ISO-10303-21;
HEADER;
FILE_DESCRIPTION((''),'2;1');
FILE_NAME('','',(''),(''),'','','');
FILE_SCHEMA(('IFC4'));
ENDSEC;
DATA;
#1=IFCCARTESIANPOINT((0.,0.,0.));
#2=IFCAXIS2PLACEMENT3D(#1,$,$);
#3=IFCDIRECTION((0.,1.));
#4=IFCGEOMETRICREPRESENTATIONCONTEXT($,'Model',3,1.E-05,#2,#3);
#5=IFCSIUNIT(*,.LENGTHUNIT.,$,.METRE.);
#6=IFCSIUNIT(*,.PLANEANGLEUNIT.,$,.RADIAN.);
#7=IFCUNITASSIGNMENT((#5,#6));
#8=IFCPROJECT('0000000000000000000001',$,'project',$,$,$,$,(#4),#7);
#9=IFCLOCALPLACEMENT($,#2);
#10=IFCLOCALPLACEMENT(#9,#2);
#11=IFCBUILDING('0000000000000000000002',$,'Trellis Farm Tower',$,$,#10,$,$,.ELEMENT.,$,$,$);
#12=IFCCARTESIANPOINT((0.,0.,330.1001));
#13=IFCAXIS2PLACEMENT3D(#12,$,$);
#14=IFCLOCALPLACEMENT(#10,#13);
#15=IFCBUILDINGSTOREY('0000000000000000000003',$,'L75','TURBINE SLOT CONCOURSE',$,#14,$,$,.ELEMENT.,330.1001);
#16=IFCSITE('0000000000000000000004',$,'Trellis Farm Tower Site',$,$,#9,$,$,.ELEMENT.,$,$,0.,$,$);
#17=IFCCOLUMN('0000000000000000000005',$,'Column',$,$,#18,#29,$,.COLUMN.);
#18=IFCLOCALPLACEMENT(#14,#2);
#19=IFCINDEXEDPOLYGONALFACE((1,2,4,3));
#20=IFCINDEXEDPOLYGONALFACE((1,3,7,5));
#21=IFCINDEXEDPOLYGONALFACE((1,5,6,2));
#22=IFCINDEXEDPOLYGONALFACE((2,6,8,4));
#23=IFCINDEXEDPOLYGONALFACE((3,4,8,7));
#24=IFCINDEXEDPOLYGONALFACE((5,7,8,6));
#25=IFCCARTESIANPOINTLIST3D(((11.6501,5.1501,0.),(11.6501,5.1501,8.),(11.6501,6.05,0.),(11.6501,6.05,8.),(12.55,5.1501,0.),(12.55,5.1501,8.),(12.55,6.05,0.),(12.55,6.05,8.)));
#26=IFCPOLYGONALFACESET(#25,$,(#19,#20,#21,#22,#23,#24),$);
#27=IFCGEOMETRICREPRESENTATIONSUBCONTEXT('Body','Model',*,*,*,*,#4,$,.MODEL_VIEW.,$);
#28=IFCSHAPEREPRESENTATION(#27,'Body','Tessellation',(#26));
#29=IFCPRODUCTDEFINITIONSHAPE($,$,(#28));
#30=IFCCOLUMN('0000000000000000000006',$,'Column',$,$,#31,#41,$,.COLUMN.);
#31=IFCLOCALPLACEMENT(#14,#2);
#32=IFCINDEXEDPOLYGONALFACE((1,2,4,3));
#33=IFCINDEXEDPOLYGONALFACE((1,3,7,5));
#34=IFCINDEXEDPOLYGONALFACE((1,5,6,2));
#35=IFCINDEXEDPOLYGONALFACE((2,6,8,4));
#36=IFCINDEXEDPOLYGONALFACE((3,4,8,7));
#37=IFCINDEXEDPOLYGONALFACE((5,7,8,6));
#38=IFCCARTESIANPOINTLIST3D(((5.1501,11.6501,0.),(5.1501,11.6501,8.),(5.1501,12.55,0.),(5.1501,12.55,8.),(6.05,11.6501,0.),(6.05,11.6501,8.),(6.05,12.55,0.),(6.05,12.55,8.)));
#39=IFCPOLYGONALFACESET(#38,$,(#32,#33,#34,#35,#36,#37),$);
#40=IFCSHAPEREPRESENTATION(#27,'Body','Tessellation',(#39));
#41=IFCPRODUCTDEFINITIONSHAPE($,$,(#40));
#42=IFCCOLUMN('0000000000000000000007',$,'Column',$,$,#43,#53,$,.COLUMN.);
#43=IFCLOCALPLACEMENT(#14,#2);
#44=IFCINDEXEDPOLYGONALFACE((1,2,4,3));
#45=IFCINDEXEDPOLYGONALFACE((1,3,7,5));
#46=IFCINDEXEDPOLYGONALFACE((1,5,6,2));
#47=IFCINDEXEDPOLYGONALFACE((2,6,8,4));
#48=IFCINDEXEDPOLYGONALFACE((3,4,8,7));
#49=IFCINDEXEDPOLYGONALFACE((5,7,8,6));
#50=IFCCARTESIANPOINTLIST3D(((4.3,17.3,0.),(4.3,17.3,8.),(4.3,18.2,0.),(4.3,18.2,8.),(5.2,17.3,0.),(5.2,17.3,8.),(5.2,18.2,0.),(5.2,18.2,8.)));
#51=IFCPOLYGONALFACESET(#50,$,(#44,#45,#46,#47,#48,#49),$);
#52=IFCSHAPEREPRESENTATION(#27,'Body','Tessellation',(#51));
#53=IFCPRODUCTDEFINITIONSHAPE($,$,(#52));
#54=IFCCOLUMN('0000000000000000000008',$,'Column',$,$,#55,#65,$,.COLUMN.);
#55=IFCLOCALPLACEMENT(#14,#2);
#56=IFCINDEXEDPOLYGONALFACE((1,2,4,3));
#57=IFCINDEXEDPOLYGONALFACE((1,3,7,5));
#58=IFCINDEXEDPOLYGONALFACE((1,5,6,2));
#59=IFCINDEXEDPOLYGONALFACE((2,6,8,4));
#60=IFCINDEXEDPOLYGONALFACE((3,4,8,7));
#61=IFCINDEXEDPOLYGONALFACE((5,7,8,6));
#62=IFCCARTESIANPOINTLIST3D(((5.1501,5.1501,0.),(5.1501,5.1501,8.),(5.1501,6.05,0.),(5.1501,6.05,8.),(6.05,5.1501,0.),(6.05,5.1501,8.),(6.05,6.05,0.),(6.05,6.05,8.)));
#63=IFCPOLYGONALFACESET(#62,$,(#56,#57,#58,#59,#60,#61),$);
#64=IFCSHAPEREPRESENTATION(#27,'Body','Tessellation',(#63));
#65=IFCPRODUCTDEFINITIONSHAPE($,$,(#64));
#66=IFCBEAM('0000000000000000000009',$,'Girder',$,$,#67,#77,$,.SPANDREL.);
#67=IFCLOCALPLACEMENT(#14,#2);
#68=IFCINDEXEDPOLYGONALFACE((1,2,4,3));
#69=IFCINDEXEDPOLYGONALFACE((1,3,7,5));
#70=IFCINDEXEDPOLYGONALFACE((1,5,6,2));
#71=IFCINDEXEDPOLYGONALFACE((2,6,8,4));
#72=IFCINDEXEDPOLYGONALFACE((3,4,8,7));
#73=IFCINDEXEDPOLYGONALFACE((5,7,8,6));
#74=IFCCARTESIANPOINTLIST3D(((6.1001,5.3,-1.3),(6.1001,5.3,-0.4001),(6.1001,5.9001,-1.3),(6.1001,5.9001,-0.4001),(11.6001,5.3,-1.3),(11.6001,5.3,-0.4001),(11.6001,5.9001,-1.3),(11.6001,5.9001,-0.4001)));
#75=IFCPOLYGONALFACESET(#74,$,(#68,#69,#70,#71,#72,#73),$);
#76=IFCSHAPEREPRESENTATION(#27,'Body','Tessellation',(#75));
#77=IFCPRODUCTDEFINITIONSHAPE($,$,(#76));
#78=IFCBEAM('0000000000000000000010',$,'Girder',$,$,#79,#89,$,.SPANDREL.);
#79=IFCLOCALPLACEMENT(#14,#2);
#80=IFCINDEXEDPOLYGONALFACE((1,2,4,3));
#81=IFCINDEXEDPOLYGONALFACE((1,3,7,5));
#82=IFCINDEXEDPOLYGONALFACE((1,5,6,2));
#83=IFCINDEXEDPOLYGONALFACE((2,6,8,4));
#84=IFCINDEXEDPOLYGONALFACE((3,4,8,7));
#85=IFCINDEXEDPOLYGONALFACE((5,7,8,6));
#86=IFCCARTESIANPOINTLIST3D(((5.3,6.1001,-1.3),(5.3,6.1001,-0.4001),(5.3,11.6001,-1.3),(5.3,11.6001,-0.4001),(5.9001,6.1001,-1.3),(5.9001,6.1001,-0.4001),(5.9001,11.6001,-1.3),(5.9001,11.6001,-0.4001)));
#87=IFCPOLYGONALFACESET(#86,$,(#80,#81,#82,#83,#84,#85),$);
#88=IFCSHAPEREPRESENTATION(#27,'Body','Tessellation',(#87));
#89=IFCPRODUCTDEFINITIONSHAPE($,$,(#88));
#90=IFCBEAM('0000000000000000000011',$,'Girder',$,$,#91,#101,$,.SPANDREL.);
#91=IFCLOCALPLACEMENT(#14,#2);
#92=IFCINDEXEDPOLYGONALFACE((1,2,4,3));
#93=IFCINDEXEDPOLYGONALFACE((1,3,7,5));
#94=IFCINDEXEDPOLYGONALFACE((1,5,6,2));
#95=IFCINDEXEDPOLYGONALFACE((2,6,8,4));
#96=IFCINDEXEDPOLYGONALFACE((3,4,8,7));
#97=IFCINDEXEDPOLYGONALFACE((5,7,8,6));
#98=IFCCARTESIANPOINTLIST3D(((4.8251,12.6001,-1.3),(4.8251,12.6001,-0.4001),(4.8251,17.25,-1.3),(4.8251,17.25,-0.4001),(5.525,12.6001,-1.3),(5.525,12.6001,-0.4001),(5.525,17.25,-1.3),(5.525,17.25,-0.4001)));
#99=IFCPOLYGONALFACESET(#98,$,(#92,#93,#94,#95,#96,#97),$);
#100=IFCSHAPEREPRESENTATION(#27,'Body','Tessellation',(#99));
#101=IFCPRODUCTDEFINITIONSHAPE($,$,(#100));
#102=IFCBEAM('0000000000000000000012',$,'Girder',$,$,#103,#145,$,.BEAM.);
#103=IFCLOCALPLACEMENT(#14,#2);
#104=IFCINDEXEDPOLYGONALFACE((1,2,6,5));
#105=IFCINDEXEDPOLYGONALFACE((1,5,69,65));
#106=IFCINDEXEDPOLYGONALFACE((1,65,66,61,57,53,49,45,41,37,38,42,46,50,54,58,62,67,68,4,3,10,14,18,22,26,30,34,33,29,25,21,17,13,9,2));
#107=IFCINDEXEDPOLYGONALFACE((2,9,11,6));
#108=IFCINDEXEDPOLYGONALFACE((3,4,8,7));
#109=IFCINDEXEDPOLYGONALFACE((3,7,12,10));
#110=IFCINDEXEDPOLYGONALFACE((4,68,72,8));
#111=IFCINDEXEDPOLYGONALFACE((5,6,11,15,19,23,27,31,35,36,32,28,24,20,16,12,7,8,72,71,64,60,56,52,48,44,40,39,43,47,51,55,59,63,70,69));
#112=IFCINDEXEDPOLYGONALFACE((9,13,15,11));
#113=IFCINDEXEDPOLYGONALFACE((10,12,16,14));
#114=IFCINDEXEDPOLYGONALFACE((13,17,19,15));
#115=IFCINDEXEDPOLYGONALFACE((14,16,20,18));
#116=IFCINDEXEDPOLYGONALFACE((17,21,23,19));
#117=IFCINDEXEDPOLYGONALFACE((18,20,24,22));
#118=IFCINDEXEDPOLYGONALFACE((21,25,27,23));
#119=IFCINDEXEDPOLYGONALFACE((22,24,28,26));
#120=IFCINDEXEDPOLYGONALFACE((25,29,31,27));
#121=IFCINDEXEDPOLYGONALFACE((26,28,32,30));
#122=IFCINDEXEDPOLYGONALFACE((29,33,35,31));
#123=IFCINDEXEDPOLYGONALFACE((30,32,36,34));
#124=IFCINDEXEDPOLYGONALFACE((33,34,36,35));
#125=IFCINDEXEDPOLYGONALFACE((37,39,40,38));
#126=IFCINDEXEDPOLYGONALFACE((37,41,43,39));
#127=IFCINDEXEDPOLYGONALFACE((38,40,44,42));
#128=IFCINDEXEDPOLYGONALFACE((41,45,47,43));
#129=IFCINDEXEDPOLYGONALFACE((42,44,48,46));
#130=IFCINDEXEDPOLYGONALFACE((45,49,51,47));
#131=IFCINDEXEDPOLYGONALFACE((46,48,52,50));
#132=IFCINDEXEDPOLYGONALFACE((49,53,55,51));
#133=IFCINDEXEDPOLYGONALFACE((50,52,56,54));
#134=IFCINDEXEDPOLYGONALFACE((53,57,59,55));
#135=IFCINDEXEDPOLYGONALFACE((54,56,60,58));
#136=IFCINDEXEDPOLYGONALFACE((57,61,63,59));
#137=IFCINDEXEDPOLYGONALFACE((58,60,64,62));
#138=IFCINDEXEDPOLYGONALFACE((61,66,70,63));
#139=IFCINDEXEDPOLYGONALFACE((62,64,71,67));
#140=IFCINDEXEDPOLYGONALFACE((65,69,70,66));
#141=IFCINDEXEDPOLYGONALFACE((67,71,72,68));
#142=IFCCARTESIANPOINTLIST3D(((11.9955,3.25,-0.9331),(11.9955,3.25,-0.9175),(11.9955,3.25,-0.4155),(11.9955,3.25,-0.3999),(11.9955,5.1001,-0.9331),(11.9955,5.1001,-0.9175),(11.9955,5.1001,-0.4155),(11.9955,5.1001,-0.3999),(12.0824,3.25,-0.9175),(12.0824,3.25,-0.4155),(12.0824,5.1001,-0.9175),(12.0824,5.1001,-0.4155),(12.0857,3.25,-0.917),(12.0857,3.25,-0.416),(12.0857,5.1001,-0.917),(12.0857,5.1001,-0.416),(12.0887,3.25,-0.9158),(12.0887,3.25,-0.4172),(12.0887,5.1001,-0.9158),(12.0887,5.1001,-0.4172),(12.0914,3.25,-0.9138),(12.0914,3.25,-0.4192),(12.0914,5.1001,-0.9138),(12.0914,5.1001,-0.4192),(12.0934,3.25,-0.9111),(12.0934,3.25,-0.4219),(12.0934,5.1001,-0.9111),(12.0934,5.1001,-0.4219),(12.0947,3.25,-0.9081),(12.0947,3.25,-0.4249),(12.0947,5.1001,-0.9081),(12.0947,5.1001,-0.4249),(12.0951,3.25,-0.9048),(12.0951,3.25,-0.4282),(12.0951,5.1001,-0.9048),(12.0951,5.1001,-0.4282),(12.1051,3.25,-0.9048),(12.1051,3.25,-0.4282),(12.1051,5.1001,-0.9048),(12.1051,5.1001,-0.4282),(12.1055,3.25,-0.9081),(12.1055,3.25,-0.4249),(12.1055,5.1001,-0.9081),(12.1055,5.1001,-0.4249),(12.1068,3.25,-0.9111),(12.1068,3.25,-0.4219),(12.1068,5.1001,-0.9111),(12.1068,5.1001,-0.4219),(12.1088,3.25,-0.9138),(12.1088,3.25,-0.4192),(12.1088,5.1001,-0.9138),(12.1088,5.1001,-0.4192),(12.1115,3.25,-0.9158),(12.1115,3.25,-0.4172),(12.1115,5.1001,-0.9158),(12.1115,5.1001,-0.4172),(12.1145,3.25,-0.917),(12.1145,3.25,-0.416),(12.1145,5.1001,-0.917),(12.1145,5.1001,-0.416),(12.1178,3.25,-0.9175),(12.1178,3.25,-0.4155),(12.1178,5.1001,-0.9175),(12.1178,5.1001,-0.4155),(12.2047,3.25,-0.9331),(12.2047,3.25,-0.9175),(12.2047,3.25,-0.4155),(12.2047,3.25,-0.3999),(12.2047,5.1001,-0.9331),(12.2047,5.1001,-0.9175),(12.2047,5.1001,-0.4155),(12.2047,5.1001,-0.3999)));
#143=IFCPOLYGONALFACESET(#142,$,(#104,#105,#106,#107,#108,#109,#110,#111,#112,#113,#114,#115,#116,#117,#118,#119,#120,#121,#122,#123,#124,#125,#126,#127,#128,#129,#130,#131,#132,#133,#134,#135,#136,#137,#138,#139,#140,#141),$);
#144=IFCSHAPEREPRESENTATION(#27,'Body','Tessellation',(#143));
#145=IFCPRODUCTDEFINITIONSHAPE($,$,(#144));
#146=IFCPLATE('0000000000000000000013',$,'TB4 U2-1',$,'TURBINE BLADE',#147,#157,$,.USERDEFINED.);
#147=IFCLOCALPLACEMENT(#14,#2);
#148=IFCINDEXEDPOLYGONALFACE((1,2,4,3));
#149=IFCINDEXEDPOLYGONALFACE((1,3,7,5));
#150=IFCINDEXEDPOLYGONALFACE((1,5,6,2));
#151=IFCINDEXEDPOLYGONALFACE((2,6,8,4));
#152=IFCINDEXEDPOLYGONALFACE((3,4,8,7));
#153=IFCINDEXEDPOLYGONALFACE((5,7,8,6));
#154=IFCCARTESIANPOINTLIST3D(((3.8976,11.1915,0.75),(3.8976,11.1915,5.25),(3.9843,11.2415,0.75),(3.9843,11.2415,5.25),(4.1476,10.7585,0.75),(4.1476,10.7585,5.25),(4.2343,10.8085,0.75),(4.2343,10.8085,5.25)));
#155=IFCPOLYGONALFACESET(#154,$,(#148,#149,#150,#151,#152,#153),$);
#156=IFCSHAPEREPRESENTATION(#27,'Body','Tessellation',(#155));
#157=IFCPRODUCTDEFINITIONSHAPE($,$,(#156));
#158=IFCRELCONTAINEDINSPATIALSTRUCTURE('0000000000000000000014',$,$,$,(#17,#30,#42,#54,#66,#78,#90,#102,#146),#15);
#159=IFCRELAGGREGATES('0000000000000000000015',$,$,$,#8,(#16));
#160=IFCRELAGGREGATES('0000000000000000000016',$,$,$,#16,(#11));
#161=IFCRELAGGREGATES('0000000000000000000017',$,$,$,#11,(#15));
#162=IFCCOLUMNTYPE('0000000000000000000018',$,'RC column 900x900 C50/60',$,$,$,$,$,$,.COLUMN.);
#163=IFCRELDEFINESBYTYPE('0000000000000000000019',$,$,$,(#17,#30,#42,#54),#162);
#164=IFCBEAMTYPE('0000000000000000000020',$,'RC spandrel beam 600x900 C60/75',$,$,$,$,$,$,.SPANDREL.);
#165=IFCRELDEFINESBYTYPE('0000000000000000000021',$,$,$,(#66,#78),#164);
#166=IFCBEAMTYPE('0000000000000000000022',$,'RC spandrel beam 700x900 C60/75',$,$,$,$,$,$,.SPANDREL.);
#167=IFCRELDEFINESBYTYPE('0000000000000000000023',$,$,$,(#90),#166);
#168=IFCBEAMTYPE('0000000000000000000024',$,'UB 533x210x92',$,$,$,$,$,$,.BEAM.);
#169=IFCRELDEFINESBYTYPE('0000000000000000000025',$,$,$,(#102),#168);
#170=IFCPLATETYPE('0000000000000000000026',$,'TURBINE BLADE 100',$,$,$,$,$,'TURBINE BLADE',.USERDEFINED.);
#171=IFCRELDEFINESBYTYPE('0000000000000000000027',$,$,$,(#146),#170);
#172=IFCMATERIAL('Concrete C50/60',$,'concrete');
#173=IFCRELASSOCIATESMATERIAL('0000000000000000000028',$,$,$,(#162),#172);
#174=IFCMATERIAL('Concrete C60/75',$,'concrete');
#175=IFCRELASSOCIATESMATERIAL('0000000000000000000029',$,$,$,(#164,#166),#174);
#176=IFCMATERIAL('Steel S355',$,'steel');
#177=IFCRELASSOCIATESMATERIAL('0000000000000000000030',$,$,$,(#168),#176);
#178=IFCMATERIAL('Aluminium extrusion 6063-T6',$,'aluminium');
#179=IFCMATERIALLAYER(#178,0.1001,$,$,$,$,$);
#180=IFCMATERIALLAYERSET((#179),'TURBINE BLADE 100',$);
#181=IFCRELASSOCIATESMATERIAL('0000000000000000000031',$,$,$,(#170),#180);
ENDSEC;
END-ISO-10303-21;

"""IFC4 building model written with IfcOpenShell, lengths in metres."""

from ifc_helpers import new_model, si_unit, direction, frame, origin, origin_2d, place, context, subcontext, project, spatial, rectangle, i_section, extrude, source, transform, mapped, material, layer, layer_set, material_profile, profile_set, type_object, element, save


model = new_model("IFC4")

# Units and contexts
model_context = context("Model", 3, precision=1e-05, world=origin(), true_north=direction((0.0, 1.0)))
body_context = subcontext(model_context, "Body", "Model", "MODEL_VIEW")
ifc_project = project(units=[si_unit("LENGTHUNIT", "METRE"), si_unit("PLANEANGLEUNIT", "RADIAN")], contexts=[model_context])

# Site, building, storey
site_placement = place(None, origin())
site = spatial("IfcSite", under=ifc_project, at=site_placement, Name="Trellis Farm Tower Site", CompositionType="ELEMENT", RefElevation=0.0)
building_placement = place(site_placement, origin())
building = spatial("IfcBuilding", under=site, at=building_placement, Name="Trellis Farm Tower", CompositionType="ELEMENT")
storey_placement = place(building_placement, frame((0.0, 0.0, 330.1001)))
storey = spatial("IfcBuildingStorey", under=building, at=storey_placement, Name="L75", Description="TURBINE SLOT CONCOURSE", CompositionType="ELEMENT", Elevation=330.1001)

# Columns
ifc_material_1 = material(Name="Concrete C50/60", Category="concrete")
ifc_material_profile_1 = material_profile(ifc_material_1, rectangle(XDim=0.8999, YDim=0.8999, at=origin_2d()), Name="RC column 900x900 C50/60")
ifc_profile_set_1 = profile_set([ifc_material_profile_1], Name="Concrete C50/60")
column_type = type_object("IfcColumnType", Name="RC column 900x900 C50/60", PredefinedType="COLUMN", material=ifc_profile_set_1)
shared_shape_1 = source(origin(), body_context, "Body", "SweptSolid", [
    extrude(rectangle(XDim=0.8999, YDim=0.8999, at=origin_2d()), origin(), (0.0, 0.0, 1.0), 8.0),
])
for number, where, z_axis, x_axis, name in (
    (1, (12.1001, 5.6001, 0.0), (0.0, 0.0, 1.0), (1.0, 0.0, 0.0), "Column"),
    (2, (5.6001, 12.1001, 0.0), (0.0, 0.0, 1.0), (1.0, 0.0, 0.0), "Column"),
    (3, (4.75, 17.75, 0.0), (0.0, 0.0, 1.0), (1.0, 0.0, 0.0), "Column"),
    (4, (5.6001, 5.6001, 0.0), (0.0, 0.0, 1.0), (1.0, 0.0, 0.0), "Column"),
):
    element("IfcColumn", number, at=place(storey_placement, frame(where, z_axis=z_axis, x_axis=x_axis)), inside=storey, type_object=column_type, Name=name, PredefinedType="COLUMN", context=body_context, shape_type="MappedRepresentation", body=[
        mapped(shared_shape_1, transform((0.0, 0.0, 0.0))),
    ])

# Beams
ifc_material_2 = material(Name="Concrete C60/75", Category="concrete")
ifc_material_profile_2 = material_profile(ifc_material_2, rectangle(XDim=0.6001, YDim=0.8999, at=origin_2d()), Name="RC spandrel beam 600x900 C60/75")
ifc_profile_set_2 = profile_set([ifc_material_profile_2], Name="Concrete C60/75")
beam_type_1 = type_object("IfcBeamType", Name="RC spandrel beam 600x900 C60/75", PredefinedType="SPANDREL", material=ifc_profile_set_2)
shared_shape_2 = source(origin(), body_context, "Body", "SweptSolid", [
    extrude(rectangle(XDim=0.6001, YDim=0.8999, at=origin_2d()), origin(), (0.0, 0.0, 1.0), 5.5),
])
for number, where, z_axis, x_axis, name in (
    (5, (6.1001, 5.6001, -0.8501), (1.0, 0.0, 0.0), (0.0, 1.0, 0.0), "Girder"),
    (6, (5.6001, 6.1001, -0.8501), (0.0, 1.0, 0.0), (-1.0, 0.0, 0.0), "Girder"),
):
    element("IfcBeam", number, at=place(storey_placement, frame(where, z_axis=z_axis, x_axis=x_axis)), inside=storey, type_object=beam_type_1, Name=name, PredefinedType="SPANDREL", context=body_context, shape_type="MappedRepresentation", body=[
        mapped(shared_shape_2, transform((0.0, 0.0, 0.0))),
    ])
ifc_material_profile_3 = material_profile(ifc_material_2, rectangle(XDim=0.7, YDim=0.8999, at=origin_2d()), Name="RC spandrel beam 700x900 C60/75")
ifc_profile_set_3 = profile_set([ifc_material_profile_3], Name="Concrete C60/75")
beam_type_2 = type_object("IfcBeamType", Name="RC spandrel beam 700x900 C60/75", PredefinedType="SPANDREL", material=ifc_profile_set_3)
shared_shape_3 = source(origin(), body_context, "Body", "SweptSolid", [
    extrude(rectangle(XDim=0.7, YDim=0.8999, at=origin_2d()), origin(), (0.0, 0.0, 1.0), 4.6499),
])
beam_1_placement = place(storey_placement, frame((5.175, 12.6001, -0.8501), z_axis=(0.0, 1.0, 0.0), x_axis=(-1.0, 0.0, 0.0)))
element("IfcBeam", 7, at=beam_1_placement, inside=storey, type_object=beam_type_2, Name="Girder", PredefinedType="SPANDREL", context=body_context, shape_type="MappedRepresentation", body=[
    mapped(shared_shape_3, transform((0.0, 0.0, 0.0))),
])
ifc_material_3 = material(Name="Steel S355", Category="steel")
ifc_material_profile_4 = material_profile(ifc_material_3, i_section(OverallWidth=0.2092, OverallDepth=0.5332, WebThickness=0.01, FlangeThickness=0.0156, FilletRadius=0.0127, at=origin_2d()), Name="UB 533x210x92")
ifc_profile_set_4 = profile_set([ifc_material_profile_4], Name="Steel S355")
beam_type_3 = type_object("IfcBeamType", Name="UB 533x210x92", PredefinedType="BEAM", material=ifc_profile_set_4)
shared_shape_4 = source(origin(), body_context, "Body", "SweptSolid", [
    extrude(i_section(OverallWidth=0.2092, OverallDepth=0.5332, WebThickness=0.01, FlangeThickness=0.0156, FilletRadius=0.0127, at=origin_2d()), origin(), (0.0, 0.0, 1.0), 1.8501),
])
beam_2_placement = place(storey_placement, frame((12.1001, 3.25, -0.6665), z_axis=(0.0, 1.0, 0.0), x_axis=(-1.0, 0.0, 0.0)))
element("IfcBeam", 8, at=beam_2_placement, inside=storey, type_object=beam_type_3, Name="Girder", PredefinedType="BEAM", context=body_context, shape_type="MappedRepresentation", body=[
    mapped(shared_shape_4, transform((0.0, 0.0, 0.0))),
])

# Plate
ifc_material_4 = material(Name="Aluminium extrusion 6063-T6", Category="aluminium")
ifc_layer_1 = layer(ifc_material_4, 0.1001)
ifc_layer_set_1 = layer_set([ifc_layer_1], Name="TURBINE BLADE 100")
plate_type = type_object("IfcPlateType", Name="TURBINE BLADE 100", ElementType="TURBINE BLADE", PredefinedType="USERDEFINED", material=ifc_layer_set_1)
shared_shape_5 = source(origin(), body_context, "Body", "SweptSolid", [
    extrude(rectangle(XDim=0.5, YDim=0.1001, at=origin_2d()), origin(), (0.0, 0.0, 1.0), 4.5),
])
plate_placement = place(storey_placement, frame((4.0659, 11.0, 0.75), z_axis=(0.0, 0.0, 1.0), x_axis=(-0.5, 0.866025, 0.0)))
element("IfcPlate", 9, at=plate_placement, inside=storey, type_object=plate_type, Name="TB4 U2-1", ObjectType="TURBINE BLADE", PredefinedType="USERDEFINED", context=body_context, shape_type="MappedRepresentation", body=[
    mapped(shared_shape_5, transform((0.0, 0.0, 0.0))),
])

save(model, "model.ifc")
